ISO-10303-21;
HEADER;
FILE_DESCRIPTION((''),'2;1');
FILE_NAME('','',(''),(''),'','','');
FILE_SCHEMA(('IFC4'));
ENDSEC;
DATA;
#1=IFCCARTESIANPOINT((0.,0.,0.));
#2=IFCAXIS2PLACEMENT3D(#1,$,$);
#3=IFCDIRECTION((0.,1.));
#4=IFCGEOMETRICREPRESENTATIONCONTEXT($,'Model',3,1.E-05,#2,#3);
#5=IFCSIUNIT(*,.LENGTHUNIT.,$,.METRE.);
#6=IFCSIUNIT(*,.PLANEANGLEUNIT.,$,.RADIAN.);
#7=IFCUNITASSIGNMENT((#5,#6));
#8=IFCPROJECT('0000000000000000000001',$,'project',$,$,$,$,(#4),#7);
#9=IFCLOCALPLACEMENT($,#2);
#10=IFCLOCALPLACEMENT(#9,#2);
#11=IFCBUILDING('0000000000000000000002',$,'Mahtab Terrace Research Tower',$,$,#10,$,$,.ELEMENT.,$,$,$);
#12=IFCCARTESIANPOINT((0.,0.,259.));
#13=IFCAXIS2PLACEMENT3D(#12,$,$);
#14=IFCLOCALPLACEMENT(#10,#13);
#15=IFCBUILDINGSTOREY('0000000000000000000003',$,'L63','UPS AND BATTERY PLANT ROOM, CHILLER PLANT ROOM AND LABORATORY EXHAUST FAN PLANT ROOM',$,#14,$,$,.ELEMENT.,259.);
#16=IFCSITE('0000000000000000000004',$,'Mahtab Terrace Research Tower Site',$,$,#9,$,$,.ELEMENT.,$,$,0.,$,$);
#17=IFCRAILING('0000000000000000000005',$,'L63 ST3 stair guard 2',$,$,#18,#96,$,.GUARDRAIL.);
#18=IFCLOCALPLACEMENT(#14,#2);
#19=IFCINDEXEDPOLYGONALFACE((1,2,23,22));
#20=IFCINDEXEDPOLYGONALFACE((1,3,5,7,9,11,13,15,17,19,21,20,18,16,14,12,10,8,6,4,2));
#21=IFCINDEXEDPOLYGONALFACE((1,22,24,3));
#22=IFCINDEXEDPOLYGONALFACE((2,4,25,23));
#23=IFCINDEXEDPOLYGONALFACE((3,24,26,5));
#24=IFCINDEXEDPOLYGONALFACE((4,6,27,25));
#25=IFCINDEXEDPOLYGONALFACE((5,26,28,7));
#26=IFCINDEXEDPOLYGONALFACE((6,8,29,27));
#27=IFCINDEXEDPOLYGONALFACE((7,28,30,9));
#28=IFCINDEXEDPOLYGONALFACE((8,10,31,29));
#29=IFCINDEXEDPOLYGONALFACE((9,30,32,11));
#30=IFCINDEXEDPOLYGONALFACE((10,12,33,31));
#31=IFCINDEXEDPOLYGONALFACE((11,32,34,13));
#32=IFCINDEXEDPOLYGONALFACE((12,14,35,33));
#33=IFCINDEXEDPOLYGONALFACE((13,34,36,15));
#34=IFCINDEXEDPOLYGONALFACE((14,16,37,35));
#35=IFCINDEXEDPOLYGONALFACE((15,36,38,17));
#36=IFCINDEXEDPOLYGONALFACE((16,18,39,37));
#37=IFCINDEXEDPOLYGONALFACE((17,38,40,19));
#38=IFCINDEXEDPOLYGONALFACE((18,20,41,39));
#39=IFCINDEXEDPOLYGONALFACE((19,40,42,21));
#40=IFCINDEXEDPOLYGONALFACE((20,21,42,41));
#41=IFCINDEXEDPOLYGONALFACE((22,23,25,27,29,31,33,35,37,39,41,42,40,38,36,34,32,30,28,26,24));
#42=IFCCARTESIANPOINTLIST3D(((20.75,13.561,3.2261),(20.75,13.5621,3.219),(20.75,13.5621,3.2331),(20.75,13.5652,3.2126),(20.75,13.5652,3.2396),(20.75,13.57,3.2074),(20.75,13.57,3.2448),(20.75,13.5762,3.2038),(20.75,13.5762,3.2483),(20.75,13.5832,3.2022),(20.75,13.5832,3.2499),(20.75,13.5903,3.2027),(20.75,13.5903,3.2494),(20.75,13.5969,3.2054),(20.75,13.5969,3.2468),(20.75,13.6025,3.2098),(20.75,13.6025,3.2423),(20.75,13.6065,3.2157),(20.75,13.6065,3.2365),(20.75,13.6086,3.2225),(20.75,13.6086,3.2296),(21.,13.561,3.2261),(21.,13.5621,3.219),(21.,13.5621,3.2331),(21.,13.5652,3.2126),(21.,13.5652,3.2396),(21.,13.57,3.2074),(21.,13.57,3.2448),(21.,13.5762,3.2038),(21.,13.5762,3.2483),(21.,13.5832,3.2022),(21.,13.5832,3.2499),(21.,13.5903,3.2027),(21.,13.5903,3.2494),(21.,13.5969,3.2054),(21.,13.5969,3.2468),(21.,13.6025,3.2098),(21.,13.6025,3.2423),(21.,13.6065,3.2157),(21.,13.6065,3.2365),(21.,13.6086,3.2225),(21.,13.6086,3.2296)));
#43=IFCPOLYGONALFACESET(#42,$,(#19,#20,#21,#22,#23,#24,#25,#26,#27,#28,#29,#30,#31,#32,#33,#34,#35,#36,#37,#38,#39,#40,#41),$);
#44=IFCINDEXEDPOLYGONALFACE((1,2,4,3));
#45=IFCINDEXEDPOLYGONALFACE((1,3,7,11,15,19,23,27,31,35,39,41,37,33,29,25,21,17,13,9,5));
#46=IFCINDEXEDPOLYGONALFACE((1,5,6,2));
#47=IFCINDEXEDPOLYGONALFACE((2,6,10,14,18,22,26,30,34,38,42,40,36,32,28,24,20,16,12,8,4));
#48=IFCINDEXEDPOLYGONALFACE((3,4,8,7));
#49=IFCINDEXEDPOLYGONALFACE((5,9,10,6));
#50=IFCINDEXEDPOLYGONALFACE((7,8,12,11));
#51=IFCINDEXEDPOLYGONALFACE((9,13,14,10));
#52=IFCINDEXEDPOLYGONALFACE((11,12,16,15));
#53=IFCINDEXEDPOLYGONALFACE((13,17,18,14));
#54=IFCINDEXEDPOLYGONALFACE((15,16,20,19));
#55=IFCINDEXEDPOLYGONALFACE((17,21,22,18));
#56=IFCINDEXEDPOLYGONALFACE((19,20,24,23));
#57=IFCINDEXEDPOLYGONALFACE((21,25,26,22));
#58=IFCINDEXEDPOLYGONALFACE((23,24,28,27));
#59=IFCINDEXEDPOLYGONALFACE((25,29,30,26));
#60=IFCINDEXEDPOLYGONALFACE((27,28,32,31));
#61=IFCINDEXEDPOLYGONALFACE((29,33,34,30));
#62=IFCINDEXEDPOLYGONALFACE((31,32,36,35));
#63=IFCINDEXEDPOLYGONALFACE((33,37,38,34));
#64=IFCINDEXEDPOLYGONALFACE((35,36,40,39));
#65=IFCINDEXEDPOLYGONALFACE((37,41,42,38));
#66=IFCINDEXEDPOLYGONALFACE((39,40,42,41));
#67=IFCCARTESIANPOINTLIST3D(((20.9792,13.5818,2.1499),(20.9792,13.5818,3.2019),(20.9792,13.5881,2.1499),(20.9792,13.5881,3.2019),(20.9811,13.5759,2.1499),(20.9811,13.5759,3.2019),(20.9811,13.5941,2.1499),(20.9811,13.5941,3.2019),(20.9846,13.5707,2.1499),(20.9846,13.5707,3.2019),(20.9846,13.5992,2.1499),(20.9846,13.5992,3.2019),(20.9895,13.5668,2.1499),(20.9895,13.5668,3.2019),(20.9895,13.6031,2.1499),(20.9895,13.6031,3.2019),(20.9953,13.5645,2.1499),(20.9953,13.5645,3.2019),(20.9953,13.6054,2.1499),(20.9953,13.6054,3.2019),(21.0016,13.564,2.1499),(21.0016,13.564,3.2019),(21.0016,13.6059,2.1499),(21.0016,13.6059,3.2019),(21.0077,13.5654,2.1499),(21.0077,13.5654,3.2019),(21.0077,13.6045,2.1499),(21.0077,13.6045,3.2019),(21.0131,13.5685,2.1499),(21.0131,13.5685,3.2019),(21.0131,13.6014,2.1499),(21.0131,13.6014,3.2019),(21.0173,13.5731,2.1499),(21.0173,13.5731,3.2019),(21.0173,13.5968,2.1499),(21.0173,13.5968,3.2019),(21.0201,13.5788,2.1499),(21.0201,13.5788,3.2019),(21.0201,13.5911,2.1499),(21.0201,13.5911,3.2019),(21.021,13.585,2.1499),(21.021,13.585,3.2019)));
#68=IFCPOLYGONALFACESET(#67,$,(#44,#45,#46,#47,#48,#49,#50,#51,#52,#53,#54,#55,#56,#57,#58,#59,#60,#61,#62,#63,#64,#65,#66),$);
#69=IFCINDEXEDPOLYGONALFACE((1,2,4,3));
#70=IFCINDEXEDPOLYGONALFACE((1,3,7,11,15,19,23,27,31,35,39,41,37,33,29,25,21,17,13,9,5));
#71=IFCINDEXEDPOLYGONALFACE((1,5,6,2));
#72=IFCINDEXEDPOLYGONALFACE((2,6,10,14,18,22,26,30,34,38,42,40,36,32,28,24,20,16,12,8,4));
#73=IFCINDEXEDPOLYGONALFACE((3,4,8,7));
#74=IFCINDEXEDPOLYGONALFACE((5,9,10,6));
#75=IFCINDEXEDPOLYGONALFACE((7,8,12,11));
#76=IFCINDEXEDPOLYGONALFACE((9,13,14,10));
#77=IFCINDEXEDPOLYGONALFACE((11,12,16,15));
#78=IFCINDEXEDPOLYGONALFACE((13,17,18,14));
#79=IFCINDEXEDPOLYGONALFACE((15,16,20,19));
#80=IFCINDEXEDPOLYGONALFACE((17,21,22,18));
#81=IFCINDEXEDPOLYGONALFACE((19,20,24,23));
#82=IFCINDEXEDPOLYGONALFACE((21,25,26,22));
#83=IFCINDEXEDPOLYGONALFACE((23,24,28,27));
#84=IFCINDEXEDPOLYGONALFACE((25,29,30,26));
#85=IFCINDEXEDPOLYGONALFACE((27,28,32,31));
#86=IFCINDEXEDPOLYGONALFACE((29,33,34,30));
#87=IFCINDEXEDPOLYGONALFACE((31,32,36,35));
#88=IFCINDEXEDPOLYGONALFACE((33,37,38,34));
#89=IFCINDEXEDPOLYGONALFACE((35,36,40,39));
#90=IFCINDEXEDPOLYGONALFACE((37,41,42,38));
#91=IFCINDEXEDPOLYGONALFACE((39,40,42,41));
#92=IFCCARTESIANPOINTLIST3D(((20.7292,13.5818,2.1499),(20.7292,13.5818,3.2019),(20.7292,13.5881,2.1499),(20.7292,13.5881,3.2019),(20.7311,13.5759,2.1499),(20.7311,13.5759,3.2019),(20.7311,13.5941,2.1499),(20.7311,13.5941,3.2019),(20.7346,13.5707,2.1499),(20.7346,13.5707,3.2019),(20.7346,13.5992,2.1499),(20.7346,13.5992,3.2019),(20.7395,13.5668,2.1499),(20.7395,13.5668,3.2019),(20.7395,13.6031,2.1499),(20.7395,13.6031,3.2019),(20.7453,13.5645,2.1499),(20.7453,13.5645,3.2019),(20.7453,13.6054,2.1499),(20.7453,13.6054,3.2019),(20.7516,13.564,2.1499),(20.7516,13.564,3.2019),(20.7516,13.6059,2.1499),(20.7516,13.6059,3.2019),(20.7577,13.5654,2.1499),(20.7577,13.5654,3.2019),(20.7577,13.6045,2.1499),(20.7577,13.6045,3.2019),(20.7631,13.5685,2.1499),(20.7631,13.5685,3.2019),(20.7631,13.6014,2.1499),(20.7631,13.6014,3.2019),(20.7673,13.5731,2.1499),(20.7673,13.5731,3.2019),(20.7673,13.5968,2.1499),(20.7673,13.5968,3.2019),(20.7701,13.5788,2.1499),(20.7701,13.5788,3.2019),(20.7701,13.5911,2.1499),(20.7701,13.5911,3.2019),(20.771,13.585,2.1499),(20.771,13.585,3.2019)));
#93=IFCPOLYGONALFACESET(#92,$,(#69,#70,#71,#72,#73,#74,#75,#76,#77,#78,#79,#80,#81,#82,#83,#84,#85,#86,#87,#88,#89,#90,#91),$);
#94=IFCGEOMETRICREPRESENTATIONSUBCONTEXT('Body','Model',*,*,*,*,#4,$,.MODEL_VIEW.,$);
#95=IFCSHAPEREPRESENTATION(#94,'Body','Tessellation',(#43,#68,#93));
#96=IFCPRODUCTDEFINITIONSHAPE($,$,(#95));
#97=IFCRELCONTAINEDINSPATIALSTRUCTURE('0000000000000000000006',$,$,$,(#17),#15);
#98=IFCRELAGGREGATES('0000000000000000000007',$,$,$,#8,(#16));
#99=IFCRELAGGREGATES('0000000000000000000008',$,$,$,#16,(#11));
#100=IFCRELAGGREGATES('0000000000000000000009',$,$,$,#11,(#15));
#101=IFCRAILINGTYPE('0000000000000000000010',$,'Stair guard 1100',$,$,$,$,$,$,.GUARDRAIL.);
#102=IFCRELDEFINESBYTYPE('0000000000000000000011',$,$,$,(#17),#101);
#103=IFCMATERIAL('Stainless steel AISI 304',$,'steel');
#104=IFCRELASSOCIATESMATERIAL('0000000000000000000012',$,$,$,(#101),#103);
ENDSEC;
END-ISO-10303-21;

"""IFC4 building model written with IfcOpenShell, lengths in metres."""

from ifc_helpers import new_model, si_unit, direction, frame, origin, origin_2d, place, context, subcontext, project, spatial, circle, extrude, material, type_object, element, save


model = new_model("IFC4")

# Units and contexts
model_context = context("Model", 3, precision=1e-05, world=origin(), true_north=direction((0.0, 1.0)))
body_context = subcontext(model_context, "Body", "Model", "MODEL_VIEW")
ifc_project = project(units=[si_unit("LENGTHUNIT", "METRE"), si_unit("PLANEANGLEUNIT", "RADIAN")], contexts=[model_context])

# Site, building, storey
site_placement = place(None, origin())
site = spatial("IfcSite", under=ifc_project, at=site_placement, Name="Mahtab Terrace Research Tower Site", CompositionType="ELEMENT", RefElevation=0.0)
building_placement = place(site_placement, origin())
building = spatial("IfcBuilding", under=site, at=building_placement, Name="Mahtab Terrace Research Tower", CompositionType="ELEMENT")
storey_placement = place(building_placement, frame((0.0, 0.0, 259.0)))
storey = spatial("IfcBuildingStorey", under=building, at=storey_placement, Name="L63", Description="UPS AND BATTERY PLANT ROOM, CHILLER PLANT ROOM AND LABORATORY EXHAUST FAN PLANT ROOM", CompositionType="ELEMENT", Elevation=259.0)

# Shared definitions
ifc_material_1 = material(Name="Stainless steel AISI 304", Category="steel")

# Railing
railing_type_1 = type_object("IfcRailingType", Name="Stair guard 1100", PredefinedType="GUARDRAIL", material=ifc_material_1)
railing_1_placement = place(storey_placement, frame((21.0, 13.585, 2.1499)))
element("IfcRailing", 1, at=railing_1_placement, inside=storey, type_object=railing_type_1, Name="L63 ST3 stair guard 2", PredefinedType="GUARDRAIL", context=body_context, shape_type="SweptSolid", body=[
    extrude(circle(Radius=0.0239, at=origin_2d()), frame((0.0, 0.0, 1.0762), z_axis=(-1.0, 0.0, 0.0), x_axis=(0.0, -1.0, 0.0)), (0.0, 0.0, 1.0), 0.25),
    extrude(circle(Radius=0.021, at=origin_2d()), origin(), (0.0, 0.0, 1.0), 1.052),
    extrude(circle(Radius=0.021, at=origin_2d()), frame((-0.25, 0.0, 0.0)), (0.0, 0.0, 1.0), 1.052),
])

save(model, "model.ifc")
